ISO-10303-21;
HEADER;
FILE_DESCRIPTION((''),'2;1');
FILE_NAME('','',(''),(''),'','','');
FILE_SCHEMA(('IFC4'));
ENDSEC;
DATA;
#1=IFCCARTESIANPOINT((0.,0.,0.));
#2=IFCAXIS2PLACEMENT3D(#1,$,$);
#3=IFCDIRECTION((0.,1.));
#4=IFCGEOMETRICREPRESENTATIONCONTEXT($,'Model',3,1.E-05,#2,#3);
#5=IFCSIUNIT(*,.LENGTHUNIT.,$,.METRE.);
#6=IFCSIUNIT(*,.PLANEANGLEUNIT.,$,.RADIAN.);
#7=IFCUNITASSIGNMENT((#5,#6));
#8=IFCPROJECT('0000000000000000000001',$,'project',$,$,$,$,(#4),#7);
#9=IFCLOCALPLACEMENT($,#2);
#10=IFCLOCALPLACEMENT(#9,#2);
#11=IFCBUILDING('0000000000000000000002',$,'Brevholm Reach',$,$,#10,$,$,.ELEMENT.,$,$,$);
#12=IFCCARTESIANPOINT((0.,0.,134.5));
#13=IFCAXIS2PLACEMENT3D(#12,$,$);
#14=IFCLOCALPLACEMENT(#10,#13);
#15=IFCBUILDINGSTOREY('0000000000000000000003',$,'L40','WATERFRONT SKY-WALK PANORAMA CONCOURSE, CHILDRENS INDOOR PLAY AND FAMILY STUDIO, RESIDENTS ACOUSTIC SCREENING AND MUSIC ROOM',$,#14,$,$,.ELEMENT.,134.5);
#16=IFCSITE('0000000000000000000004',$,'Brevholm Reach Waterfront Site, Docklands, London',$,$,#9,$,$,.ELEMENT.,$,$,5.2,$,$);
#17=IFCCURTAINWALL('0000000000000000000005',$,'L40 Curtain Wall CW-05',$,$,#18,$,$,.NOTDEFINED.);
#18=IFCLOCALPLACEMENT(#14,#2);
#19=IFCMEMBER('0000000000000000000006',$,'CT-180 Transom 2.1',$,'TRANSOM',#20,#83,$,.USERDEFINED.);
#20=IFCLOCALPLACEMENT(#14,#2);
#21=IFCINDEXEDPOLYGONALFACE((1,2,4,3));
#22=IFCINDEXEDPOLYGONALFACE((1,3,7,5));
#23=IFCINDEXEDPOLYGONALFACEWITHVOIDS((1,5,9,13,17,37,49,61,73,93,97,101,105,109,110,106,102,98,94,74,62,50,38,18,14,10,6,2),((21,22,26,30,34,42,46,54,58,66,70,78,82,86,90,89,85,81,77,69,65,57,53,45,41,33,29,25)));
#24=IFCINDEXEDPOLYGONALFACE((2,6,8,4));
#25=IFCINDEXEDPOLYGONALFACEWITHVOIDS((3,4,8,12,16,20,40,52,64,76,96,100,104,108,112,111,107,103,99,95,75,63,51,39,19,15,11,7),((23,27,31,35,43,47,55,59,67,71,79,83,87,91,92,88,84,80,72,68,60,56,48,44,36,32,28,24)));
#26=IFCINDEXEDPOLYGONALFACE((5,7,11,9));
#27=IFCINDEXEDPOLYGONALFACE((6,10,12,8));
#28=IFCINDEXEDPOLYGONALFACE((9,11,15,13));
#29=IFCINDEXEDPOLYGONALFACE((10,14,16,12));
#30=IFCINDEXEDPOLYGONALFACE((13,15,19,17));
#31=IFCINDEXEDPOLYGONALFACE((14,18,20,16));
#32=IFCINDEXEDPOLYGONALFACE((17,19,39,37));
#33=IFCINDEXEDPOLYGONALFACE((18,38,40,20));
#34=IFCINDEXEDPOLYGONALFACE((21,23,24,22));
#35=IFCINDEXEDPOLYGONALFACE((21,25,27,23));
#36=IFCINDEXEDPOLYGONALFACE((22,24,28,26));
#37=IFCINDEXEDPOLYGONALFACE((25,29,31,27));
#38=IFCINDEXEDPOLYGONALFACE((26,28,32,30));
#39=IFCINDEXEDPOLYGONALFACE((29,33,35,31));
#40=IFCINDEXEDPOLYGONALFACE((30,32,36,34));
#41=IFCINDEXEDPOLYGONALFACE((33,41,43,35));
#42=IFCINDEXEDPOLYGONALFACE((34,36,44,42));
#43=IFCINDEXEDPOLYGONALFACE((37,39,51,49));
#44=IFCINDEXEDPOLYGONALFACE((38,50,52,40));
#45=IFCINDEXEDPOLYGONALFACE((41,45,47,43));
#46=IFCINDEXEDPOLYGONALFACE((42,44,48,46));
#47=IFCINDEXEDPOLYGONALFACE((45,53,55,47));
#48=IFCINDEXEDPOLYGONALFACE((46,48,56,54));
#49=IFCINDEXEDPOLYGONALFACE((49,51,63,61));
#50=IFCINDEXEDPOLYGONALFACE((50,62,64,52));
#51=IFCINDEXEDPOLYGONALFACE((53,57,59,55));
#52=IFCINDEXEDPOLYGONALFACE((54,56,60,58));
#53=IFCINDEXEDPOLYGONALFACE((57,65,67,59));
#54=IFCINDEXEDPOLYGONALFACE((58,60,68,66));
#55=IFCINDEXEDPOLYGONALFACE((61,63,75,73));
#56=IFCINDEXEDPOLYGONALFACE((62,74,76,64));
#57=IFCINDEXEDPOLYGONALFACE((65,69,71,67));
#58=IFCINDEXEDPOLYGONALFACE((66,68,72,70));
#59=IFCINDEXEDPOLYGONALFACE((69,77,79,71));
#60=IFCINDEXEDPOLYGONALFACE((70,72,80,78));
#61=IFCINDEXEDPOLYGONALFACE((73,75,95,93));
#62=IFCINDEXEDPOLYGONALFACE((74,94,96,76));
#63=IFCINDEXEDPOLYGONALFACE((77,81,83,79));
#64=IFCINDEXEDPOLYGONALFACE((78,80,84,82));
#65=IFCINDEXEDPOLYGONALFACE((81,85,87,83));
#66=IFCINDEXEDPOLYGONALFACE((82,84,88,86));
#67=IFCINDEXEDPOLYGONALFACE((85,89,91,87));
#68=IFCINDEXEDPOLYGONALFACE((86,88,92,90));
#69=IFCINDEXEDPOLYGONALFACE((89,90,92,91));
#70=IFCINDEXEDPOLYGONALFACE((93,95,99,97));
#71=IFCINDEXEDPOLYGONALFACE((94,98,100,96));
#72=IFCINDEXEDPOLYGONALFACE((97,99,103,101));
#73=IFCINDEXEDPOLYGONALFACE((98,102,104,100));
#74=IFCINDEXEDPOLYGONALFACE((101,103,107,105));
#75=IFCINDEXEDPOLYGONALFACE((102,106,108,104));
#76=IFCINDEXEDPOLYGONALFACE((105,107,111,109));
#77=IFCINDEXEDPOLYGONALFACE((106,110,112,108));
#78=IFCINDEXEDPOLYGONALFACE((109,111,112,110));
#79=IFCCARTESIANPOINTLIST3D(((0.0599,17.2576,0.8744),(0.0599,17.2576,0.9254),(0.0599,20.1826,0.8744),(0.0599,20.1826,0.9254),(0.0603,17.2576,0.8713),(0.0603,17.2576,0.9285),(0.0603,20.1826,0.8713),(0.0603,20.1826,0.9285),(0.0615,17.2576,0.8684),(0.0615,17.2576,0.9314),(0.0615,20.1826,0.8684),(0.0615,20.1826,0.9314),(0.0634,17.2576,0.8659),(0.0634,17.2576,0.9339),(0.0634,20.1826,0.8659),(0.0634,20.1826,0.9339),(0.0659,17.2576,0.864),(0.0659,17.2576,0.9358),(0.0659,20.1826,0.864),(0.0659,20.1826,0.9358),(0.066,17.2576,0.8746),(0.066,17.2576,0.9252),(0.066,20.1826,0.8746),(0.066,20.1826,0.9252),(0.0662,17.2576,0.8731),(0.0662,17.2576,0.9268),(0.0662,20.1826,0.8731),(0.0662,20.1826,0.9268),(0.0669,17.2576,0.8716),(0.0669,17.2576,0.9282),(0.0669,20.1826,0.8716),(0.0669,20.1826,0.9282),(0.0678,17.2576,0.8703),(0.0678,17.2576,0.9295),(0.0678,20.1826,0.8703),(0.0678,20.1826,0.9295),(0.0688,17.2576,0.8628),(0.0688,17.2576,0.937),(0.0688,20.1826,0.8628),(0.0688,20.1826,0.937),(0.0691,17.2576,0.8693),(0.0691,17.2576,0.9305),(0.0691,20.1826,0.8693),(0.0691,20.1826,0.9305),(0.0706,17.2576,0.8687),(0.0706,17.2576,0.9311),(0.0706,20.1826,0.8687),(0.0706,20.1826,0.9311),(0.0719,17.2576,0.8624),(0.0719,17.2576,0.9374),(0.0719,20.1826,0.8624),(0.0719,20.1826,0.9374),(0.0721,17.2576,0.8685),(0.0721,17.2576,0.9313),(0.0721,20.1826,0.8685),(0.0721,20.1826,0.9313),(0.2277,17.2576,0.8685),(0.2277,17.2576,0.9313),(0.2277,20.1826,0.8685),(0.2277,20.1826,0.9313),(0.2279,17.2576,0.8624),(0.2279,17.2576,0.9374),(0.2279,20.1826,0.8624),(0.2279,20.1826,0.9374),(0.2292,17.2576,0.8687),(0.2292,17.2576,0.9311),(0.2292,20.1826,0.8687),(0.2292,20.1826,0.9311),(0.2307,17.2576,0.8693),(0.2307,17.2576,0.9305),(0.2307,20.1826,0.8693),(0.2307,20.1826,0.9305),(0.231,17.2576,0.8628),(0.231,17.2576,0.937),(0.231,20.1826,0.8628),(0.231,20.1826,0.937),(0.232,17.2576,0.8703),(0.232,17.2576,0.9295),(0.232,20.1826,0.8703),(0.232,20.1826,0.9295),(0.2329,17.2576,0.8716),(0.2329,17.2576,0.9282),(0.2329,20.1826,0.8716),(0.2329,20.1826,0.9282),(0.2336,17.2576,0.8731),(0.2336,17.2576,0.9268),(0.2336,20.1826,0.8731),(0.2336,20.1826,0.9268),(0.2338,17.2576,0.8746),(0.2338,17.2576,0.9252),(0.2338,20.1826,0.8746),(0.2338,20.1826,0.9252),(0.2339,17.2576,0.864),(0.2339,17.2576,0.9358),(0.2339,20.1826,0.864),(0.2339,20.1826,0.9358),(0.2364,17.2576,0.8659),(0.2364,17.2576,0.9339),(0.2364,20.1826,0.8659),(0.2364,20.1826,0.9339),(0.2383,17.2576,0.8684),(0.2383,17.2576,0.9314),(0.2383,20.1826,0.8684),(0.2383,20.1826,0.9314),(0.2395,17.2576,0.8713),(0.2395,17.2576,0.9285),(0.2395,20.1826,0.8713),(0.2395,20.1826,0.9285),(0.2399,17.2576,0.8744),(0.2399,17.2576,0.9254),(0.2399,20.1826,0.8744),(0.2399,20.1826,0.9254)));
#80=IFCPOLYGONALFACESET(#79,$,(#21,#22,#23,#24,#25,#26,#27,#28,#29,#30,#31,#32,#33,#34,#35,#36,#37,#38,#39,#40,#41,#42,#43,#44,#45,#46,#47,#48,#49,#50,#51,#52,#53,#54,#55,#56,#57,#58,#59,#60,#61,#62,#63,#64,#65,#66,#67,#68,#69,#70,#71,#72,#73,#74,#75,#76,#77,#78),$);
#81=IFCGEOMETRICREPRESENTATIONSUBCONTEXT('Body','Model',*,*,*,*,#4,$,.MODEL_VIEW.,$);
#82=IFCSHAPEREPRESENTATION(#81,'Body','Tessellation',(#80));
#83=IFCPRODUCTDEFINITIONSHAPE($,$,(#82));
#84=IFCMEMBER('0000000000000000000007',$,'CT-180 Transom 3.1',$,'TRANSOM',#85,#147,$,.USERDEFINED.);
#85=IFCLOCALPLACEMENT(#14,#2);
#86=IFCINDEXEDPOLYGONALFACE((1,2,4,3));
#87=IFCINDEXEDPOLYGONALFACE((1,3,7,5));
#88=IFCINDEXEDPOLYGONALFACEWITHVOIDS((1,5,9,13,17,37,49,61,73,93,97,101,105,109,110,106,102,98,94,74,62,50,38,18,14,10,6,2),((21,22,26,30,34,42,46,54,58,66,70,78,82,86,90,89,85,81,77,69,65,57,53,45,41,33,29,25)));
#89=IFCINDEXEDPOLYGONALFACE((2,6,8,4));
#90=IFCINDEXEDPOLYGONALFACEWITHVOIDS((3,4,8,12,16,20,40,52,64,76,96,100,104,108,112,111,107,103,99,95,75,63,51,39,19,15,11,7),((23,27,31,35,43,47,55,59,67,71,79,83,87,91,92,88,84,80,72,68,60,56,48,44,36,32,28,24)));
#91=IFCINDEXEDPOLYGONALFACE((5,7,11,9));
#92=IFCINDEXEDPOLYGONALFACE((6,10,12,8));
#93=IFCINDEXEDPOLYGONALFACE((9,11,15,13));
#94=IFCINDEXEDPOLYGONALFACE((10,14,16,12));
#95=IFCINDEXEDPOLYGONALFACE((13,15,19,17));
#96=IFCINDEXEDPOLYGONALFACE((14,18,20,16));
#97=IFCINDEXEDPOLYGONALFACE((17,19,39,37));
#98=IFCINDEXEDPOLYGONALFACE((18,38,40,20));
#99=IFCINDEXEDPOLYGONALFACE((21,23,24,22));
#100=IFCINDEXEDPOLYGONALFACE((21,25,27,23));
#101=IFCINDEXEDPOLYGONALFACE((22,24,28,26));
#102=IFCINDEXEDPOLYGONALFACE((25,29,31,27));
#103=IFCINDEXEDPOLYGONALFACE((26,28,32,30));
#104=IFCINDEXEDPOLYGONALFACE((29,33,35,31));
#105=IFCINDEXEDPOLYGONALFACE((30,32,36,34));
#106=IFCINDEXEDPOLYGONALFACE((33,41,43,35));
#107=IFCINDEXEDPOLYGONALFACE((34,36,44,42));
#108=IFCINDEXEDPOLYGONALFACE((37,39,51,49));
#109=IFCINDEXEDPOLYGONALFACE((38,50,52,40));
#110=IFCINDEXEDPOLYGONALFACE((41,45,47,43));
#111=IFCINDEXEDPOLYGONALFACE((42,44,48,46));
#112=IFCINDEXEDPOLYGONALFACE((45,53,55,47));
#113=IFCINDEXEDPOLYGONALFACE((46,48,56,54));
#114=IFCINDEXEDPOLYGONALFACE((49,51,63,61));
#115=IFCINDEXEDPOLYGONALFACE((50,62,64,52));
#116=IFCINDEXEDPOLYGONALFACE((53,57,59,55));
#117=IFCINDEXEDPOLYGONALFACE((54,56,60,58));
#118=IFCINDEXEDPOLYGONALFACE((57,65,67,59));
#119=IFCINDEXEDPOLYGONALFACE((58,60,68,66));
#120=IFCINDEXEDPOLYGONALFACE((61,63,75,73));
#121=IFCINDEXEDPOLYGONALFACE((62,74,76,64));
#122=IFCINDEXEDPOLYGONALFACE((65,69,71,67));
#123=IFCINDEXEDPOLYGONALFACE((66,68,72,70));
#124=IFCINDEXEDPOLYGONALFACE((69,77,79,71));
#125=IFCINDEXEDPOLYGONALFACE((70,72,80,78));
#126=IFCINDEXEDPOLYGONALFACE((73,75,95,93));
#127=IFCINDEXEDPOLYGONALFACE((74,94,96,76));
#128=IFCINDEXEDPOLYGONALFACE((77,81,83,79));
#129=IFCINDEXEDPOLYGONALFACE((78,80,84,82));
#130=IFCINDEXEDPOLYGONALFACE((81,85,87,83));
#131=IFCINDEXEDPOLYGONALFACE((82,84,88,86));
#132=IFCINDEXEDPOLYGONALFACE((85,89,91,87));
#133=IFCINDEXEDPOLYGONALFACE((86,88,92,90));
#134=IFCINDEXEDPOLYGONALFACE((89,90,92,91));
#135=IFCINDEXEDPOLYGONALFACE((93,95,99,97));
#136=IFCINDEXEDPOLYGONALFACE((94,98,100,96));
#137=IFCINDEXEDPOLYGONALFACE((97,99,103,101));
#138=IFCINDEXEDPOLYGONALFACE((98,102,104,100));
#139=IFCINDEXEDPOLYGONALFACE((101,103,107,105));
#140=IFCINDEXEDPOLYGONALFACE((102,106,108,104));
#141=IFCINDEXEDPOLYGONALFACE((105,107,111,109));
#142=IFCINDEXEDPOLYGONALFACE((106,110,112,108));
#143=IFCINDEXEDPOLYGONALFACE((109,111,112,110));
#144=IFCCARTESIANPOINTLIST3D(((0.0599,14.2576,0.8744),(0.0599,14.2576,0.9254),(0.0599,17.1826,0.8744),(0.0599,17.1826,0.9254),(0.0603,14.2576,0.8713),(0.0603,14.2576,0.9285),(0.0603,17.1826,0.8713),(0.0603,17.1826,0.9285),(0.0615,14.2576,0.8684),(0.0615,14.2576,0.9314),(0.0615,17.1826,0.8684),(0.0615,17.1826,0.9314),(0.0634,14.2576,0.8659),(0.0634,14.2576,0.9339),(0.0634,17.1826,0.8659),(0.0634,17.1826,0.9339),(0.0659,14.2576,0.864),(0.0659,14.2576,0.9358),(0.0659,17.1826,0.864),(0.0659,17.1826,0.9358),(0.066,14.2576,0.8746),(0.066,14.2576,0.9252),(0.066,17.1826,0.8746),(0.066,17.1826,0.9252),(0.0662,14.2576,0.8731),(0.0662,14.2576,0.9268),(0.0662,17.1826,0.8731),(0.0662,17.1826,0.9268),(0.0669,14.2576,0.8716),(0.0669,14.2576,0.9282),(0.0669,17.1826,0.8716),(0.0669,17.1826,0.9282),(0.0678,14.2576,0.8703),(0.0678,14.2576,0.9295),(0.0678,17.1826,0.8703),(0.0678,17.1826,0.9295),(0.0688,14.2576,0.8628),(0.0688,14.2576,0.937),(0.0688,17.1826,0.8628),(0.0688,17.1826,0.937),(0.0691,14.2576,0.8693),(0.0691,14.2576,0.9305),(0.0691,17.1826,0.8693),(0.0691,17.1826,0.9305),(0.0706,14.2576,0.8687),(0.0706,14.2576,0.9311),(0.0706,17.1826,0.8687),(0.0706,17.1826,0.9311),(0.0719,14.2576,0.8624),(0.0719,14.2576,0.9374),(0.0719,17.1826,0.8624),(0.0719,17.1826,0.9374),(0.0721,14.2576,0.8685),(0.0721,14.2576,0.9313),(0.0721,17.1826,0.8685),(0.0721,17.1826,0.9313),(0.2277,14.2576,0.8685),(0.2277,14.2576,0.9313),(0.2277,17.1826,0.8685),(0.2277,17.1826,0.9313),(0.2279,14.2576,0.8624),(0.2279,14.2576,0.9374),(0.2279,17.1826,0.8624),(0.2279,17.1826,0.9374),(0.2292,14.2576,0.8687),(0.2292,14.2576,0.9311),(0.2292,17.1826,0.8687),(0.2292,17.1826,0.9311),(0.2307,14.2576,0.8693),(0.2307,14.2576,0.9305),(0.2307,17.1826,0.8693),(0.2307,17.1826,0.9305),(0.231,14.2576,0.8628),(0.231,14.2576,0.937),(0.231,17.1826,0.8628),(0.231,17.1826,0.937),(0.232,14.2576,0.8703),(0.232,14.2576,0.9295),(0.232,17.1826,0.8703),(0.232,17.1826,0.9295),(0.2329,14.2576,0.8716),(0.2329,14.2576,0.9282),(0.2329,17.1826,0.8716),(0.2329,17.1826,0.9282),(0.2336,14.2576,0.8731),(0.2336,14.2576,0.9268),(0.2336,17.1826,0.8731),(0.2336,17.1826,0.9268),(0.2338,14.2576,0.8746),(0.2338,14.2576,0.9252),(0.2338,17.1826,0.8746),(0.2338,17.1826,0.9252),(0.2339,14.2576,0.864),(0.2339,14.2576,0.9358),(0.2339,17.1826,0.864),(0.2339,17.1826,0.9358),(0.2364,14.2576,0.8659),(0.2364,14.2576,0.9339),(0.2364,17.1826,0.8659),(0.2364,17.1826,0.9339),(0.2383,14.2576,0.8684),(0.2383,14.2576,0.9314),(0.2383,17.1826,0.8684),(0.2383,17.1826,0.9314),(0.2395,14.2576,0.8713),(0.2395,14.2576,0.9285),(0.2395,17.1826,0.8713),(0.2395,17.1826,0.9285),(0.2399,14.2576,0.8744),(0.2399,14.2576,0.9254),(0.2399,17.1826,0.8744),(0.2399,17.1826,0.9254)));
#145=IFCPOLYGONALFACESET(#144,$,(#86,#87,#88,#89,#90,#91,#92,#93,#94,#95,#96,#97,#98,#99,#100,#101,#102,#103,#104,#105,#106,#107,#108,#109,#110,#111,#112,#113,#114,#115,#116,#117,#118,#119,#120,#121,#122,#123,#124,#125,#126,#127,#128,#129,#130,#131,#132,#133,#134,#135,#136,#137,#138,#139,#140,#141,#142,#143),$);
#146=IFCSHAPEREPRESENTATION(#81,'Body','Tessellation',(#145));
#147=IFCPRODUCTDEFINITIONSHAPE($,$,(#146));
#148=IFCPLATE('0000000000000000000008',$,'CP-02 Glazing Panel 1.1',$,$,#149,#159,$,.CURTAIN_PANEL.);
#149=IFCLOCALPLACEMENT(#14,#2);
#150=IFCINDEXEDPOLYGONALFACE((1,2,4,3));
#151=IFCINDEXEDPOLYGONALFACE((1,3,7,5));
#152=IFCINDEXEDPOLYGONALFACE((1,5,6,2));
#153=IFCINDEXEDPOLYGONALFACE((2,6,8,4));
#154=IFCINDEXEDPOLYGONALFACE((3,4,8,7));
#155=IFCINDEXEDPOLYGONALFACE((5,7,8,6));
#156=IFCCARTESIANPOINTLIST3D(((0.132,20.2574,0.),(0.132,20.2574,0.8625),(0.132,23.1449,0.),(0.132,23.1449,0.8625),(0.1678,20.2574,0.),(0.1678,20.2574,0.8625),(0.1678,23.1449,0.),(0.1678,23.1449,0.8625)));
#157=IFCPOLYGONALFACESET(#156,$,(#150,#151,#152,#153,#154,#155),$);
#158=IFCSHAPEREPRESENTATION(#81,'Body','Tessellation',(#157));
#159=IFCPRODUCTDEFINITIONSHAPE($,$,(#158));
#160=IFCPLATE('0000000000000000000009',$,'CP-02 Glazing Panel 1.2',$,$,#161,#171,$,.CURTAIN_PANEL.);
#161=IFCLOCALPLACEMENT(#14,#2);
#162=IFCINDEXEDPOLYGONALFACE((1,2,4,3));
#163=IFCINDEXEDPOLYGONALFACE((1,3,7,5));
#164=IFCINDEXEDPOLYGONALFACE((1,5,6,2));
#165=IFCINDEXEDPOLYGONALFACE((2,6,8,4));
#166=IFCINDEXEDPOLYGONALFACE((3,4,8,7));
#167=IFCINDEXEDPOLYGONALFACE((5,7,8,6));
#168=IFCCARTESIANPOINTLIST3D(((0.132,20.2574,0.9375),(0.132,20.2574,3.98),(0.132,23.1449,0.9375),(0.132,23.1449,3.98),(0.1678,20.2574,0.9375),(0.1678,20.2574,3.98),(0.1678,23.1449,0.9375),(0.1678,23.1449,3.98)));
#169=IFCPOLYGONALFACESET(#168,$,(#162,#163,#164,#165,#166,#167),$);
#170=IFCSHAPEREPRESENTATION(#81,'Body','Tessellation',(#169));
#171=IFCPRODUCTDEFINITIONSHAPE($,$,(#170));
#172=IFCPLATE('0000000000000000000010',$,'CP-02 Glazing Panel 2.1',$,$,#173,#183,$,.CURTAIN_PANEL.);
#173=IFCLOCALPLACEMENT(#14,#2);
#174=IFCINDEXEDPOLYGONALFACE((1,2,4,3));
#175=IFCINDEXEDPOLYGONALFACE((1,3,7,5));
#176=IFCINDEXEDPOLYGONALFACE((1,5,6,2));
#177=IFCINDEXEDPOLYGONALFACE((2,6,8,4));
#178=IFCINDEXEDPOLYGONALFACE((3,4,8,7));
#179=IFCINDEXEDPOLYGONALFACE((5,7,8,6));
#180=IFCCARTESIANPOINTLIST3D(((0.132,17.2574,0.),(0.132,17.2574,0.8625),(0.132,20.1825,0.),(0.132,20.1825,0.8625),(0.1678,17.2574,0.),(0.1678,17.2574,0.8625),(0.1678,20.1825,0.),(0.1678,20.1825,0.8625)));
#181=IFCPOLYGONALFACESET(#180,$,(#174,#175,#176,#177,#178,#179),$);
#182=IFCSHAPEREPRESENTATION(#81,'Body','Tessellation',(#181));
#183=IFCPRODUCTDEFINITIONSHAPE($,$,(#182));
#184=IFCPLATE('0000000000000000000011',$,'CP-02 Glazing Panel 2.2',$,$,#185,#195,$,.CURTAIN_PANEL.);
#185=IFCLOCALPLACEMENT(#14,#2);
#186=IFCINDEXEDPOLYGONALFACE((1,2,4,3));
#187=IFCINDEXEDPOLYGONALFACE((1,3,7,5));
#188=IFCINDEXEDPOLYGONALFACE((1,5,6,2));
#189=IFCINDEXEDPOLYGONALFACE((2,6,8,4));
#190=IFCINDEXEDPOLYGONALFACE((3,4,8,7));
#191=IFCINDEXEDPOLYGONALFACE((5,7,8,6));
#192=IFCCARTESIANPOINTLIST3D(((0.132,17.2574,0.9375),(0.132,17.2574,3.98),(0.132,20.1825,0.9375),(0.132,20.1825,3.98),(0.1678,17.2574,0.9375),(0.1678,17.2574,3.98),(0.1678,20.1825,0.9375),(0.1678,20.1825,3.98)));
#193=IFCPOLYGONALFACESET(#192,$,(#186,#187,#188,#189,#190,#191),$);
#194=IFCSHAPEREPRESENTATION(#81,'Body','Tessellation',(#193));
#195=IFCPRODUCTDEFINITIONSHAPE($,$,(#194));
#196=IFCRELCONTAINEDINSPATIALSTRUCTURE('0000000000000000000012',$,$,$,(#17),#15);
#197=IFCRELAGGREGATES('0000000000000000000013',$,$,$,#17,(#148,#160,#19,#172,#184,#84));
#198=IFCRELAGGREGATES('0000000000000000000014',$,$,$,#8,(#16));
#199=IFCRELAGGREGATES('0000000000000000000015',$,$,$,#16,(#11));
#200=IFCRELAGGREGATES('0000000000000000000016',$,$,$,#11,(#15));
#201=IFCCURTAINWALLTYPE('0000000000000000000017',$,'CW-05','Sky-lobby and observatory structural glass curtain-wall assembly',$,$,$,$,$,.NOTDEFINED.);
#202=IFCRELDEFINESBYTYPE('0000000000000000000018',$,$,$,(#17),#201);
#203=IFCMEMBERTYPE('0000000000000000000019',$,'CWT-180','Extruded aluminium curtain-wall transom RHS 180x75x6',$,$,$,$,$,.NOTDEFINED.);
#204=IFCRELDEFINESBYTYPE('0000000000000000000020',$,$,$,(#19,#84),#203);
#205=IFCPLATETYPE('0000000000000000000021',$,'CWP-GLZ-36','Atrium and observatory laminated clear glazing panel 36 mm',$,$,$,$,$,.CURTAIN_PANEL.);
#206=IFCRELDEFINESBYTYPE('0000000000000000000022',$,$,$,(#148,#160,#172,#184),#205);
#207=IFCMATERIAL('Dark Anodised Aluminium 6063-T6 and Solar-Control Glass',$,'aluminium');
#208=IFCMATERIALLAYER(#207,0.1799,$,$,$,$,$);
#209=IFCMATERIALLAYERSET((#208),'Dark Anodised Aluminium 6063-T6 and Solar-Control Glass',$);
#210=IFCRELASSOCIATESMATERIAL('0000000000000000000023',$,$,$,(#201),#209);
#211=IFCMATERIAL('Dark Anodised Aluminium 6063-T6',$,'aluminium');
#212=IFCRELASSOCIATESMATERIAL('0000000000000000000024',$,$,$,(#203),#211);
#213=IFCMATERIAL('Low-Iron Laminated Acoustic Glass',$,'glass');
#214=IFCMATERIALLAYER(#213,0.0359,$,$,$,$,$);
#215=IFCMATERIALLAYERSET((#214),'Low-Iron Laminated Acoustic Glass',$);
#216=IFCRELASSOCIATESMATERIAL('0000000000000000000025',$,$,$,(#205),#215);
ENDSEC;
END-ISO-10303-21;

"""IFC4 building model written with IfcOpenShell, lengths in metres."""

from ifc_helpers import new_model, si_unit, direction, frame, origin, origin_2d, place, context, subcontext, project, spatial, rectangle, hollow_rectangle, extrude, material, layer, layer_set, material_profile, profile_set, type_object, element, aggregate, save


model = new_model("IFC4")

# Units and contexts
model_context = context("Model", 3, precision=1e-05, world=origin(), true_north=direction((0.0, 1.0)))
body_context = subcontext(model_context, "Body", "Model", "MODEL_VIEW")
ifc_project = project(units=[si_unit("LENGTHUNIT", "METRE"), si_unit("PLANEANGLEUNIT", "RADIAN")], contexts=[model_context])

# Site, building, storey
site_placement = place(None, origin())
site = spatial("IfcSite", under=ifc_project, at=site_placement, Name="Brevholm Reach Waterfront Site, Docklands, London", CompositionType="ELEMENT", RefElevation=5.2)
building_placement = place(site_placement, origin())
building = spatial("IfcBuilding", under=site, at=building_placement, Name="Brevholm Reach", CompositionType="ELEMENT")
storey_placement = place(building_placement, frame((0.0, 0.0, 134.5)))
storey = spatial("IfcBuildingStorey", under=building, at=storey_placement, Name="L40", Description="WATERFRONT SKY-WALK PANORAMA CONCOURSE, CHILDRENS INDOOR PLAY AND FAMILY STUDIO, RESIDENTS ACOUSTIC SCREENING AND MUSIC ROOM", CompositionType="ELEMENT", Elevation=134.5)

# Curtain wall, members, plates
ifc_material_1 = material(Name="Dark Anodised Aluminium 6063-T6 and Solar-Control Glass", Category="aluminium")
ifc_layer_1 = layer(ifc_material_1, 0.1799)
ifc_layer_set_1 = layer_set([ifc_layer_1], Name="Dark Anodised Aluminium 6063-T6 and Solar-Control Glass")
curtain_wall_type = type_object("IfcCurtainWallType", Name="CW-05", Description="Sky-lobby and observatory structural glass curtain-wall assembly", PredefinedType="NOTDEFINED", material=ifc_layer_set_1)
curtain_wall_placement = place(storey_placement, origin())
curtain_wall = element("IfcCurtainWall", 1, at=curtain_wall_placement, inside=storey, type_object=curtain_wall_type, Name="L40 Curtain Wall CW-05", PredefinedType="NOTDEFINED")
ifc_material_2 = material(Name="Dark Anodised Aluminium 6063-T6", Category="aluminium")
ifc_material_profile_1 = material_profile(ifc_material_2, hollow_rectangle(XDim=0.075, YDim=0.1799, WallThickness=0.0061, InnerFilletRadius=0.0061, OuterFilletRadius=0.012, at=origin_2d()), Name="RHS 180x75x6")
ifc_profile_set_1 = profile_set([ifc_material_profile_1], Name="Dark Anodised Aluminium 6063-T6")
member_type_1 = type_object("IfcMemberType", Name="CWT-180", Description="Extruded aluminium curtain-wall transom RHS 180x75x6", PredefinedType="NOTDEFINED", material=ifc_profile_set_1)
member_1_placement = place(storey_placement, frame((0.1499, 20.1826, 0.8999), z_axis=(0.0, -1.0, 0.0), x_axis=(0.0, 0.0, 1.0)))
member_1 = element("IfcMember", 2, at=member_1_placement, type_object=member_type_1, Name="CT-180 Transom 2.1", ObjectType="TRANSOM", PredefinedType="USERDEFINED", context=body_context, shape_type="SweptSolid", body=[
    extrude(hollow_rectangle(XDim=0.075, YDim=0.1799, WallThickness=0.0061, InnerFilletRadius=0.0061, OuterFilletRadius=0.012, at=origin_2d()), origin(), (0.0, 0.0, 1.0), 2.925),
])
member_2_placement = place(storey_placement, frame((0.1499, 17.1826, 0.8999), z_axis=(0.0, -1.0, 0.0), x_axis=(0.0, 0.0, 1.0)))
member_2 = element("IfcMember", 3, at=member_2_placement, type_object=member_type_1, Name="CT-180 Transom 3.1", ObjectType="TRANSOM", PredefinedType="USERDEFINED", context=body_context, shape_type="SweptSolid", body=[
    extrude(hollow_rectangle(XDim=0.075, YDim=0.1799, WallThickness=0.0061, InnerFilletRadius=0.0061, OuterFilletRadius=0.012, at=origin_2d()), origin(), (0.0, 0.0, 1.0), 2.925),
])
ifc_material_3 = material(Name="Low-Iron Laminated Acoustic Glass", Category="glass")
ifc_layer_2 = layer(ifc_material_3, 0.0359)
ifc_layer_set_2 = layer_set([ifc_layer_2], Name="Low-Iron Laminated Acoustic Glass")
plate_type = type_object("IfcPlateType", Name="CWP-GLZ-36", Description="Atrium and observatory laminated clear glazing panel 36 mm", PredefinedType="CURTAIN_PANEL", material=ifc_layer_set_2)
plate_1_placement = place(storey_placement, frame((0.1499, 21.7012, 0.0), z_axis=(0.0, 0.0, 1.0), x_axis=(0.0, -1.0, 0.0)))
plate_1 = element("IfcPlate", 4, at=plate_1_placement, type_object=plate_type, Name="CP-02 Glazing Panel 1.1", PredefinedType="CURTAIN_PANEL", context=body_context, shape_type="SweptSolid", body=[
    extrude(rectangle(XDim=2.8875, YDim=0.0359, at=origin_2d()), origin(), (0.0, 0.0, 1.0), 0.8625),
])
plate_2_placement = place(storey_placement, frame((0.1499, 21.7012, 0.9375), z_axis=(0.0, 0.0, 1.0), x_axis=(0.0, -1.0, 0.0)))
plate_2 = element("IfcPlate", 5, at=plate_2_placement, type_object=plate_type, Name="CP-02 Glazing Panel 1.2", PredefinedType="CURTAIN_PANEL", context=body_context, shape_type="SweptSolid", body=[
    extrude(rectangle(XDim=2.8875, YDim=0.0359, at=origin_2d()), origin(), (0.0, 0.0, 1.0), 3.0425),
])
plate_3_placement = place(storey_placement, frame((0.1499, 18.72, 0.0), z_axis=(0.0, 0.0, 1.0), x_axis=(0.0, -1.0, 0.0)))
plate_3 = element("IfcPlate", 6, at=plate_3_placement, type_object=plate_type, Name="CP-02 Glazing Panel 2.1", PredefinedType="CURTAIN_PANEL", context=body_context, shape_type="SweptSolid", body=[
    extrude(rectangle(XDim=2.925, YDim=0.0359, at=origin_2d()), origin(), (0.0, 0.0, 1.0), 0.8625),
])
plate_4_placement = place(storey_placement, frame((0.1499, 18.72, 0.9375), z_axis=(0.0, 0.0, 1.0), x_axis=(0.0, -1.0, 0.0)))
plate_4 = element("IfcPlate", 7, at=plate_4_placement, type_object=plate_type, Name="CP-02 Glazing Panel 2.2", PredefinedType="CURTAIN_PANEL", context=body_context, shape_type="SweptSolid", body=[
    extrude(rectangle(XDim=2.925, YDim=0.0359, at=origin_2d()), origin(), (0.0, 0.0, 1.0), 3.0425),
])
aggregate(curtain_wall, [plate_1, plate_2, member_1, plate_3, plate_4, member_2])

save(model, "model.ifc")
